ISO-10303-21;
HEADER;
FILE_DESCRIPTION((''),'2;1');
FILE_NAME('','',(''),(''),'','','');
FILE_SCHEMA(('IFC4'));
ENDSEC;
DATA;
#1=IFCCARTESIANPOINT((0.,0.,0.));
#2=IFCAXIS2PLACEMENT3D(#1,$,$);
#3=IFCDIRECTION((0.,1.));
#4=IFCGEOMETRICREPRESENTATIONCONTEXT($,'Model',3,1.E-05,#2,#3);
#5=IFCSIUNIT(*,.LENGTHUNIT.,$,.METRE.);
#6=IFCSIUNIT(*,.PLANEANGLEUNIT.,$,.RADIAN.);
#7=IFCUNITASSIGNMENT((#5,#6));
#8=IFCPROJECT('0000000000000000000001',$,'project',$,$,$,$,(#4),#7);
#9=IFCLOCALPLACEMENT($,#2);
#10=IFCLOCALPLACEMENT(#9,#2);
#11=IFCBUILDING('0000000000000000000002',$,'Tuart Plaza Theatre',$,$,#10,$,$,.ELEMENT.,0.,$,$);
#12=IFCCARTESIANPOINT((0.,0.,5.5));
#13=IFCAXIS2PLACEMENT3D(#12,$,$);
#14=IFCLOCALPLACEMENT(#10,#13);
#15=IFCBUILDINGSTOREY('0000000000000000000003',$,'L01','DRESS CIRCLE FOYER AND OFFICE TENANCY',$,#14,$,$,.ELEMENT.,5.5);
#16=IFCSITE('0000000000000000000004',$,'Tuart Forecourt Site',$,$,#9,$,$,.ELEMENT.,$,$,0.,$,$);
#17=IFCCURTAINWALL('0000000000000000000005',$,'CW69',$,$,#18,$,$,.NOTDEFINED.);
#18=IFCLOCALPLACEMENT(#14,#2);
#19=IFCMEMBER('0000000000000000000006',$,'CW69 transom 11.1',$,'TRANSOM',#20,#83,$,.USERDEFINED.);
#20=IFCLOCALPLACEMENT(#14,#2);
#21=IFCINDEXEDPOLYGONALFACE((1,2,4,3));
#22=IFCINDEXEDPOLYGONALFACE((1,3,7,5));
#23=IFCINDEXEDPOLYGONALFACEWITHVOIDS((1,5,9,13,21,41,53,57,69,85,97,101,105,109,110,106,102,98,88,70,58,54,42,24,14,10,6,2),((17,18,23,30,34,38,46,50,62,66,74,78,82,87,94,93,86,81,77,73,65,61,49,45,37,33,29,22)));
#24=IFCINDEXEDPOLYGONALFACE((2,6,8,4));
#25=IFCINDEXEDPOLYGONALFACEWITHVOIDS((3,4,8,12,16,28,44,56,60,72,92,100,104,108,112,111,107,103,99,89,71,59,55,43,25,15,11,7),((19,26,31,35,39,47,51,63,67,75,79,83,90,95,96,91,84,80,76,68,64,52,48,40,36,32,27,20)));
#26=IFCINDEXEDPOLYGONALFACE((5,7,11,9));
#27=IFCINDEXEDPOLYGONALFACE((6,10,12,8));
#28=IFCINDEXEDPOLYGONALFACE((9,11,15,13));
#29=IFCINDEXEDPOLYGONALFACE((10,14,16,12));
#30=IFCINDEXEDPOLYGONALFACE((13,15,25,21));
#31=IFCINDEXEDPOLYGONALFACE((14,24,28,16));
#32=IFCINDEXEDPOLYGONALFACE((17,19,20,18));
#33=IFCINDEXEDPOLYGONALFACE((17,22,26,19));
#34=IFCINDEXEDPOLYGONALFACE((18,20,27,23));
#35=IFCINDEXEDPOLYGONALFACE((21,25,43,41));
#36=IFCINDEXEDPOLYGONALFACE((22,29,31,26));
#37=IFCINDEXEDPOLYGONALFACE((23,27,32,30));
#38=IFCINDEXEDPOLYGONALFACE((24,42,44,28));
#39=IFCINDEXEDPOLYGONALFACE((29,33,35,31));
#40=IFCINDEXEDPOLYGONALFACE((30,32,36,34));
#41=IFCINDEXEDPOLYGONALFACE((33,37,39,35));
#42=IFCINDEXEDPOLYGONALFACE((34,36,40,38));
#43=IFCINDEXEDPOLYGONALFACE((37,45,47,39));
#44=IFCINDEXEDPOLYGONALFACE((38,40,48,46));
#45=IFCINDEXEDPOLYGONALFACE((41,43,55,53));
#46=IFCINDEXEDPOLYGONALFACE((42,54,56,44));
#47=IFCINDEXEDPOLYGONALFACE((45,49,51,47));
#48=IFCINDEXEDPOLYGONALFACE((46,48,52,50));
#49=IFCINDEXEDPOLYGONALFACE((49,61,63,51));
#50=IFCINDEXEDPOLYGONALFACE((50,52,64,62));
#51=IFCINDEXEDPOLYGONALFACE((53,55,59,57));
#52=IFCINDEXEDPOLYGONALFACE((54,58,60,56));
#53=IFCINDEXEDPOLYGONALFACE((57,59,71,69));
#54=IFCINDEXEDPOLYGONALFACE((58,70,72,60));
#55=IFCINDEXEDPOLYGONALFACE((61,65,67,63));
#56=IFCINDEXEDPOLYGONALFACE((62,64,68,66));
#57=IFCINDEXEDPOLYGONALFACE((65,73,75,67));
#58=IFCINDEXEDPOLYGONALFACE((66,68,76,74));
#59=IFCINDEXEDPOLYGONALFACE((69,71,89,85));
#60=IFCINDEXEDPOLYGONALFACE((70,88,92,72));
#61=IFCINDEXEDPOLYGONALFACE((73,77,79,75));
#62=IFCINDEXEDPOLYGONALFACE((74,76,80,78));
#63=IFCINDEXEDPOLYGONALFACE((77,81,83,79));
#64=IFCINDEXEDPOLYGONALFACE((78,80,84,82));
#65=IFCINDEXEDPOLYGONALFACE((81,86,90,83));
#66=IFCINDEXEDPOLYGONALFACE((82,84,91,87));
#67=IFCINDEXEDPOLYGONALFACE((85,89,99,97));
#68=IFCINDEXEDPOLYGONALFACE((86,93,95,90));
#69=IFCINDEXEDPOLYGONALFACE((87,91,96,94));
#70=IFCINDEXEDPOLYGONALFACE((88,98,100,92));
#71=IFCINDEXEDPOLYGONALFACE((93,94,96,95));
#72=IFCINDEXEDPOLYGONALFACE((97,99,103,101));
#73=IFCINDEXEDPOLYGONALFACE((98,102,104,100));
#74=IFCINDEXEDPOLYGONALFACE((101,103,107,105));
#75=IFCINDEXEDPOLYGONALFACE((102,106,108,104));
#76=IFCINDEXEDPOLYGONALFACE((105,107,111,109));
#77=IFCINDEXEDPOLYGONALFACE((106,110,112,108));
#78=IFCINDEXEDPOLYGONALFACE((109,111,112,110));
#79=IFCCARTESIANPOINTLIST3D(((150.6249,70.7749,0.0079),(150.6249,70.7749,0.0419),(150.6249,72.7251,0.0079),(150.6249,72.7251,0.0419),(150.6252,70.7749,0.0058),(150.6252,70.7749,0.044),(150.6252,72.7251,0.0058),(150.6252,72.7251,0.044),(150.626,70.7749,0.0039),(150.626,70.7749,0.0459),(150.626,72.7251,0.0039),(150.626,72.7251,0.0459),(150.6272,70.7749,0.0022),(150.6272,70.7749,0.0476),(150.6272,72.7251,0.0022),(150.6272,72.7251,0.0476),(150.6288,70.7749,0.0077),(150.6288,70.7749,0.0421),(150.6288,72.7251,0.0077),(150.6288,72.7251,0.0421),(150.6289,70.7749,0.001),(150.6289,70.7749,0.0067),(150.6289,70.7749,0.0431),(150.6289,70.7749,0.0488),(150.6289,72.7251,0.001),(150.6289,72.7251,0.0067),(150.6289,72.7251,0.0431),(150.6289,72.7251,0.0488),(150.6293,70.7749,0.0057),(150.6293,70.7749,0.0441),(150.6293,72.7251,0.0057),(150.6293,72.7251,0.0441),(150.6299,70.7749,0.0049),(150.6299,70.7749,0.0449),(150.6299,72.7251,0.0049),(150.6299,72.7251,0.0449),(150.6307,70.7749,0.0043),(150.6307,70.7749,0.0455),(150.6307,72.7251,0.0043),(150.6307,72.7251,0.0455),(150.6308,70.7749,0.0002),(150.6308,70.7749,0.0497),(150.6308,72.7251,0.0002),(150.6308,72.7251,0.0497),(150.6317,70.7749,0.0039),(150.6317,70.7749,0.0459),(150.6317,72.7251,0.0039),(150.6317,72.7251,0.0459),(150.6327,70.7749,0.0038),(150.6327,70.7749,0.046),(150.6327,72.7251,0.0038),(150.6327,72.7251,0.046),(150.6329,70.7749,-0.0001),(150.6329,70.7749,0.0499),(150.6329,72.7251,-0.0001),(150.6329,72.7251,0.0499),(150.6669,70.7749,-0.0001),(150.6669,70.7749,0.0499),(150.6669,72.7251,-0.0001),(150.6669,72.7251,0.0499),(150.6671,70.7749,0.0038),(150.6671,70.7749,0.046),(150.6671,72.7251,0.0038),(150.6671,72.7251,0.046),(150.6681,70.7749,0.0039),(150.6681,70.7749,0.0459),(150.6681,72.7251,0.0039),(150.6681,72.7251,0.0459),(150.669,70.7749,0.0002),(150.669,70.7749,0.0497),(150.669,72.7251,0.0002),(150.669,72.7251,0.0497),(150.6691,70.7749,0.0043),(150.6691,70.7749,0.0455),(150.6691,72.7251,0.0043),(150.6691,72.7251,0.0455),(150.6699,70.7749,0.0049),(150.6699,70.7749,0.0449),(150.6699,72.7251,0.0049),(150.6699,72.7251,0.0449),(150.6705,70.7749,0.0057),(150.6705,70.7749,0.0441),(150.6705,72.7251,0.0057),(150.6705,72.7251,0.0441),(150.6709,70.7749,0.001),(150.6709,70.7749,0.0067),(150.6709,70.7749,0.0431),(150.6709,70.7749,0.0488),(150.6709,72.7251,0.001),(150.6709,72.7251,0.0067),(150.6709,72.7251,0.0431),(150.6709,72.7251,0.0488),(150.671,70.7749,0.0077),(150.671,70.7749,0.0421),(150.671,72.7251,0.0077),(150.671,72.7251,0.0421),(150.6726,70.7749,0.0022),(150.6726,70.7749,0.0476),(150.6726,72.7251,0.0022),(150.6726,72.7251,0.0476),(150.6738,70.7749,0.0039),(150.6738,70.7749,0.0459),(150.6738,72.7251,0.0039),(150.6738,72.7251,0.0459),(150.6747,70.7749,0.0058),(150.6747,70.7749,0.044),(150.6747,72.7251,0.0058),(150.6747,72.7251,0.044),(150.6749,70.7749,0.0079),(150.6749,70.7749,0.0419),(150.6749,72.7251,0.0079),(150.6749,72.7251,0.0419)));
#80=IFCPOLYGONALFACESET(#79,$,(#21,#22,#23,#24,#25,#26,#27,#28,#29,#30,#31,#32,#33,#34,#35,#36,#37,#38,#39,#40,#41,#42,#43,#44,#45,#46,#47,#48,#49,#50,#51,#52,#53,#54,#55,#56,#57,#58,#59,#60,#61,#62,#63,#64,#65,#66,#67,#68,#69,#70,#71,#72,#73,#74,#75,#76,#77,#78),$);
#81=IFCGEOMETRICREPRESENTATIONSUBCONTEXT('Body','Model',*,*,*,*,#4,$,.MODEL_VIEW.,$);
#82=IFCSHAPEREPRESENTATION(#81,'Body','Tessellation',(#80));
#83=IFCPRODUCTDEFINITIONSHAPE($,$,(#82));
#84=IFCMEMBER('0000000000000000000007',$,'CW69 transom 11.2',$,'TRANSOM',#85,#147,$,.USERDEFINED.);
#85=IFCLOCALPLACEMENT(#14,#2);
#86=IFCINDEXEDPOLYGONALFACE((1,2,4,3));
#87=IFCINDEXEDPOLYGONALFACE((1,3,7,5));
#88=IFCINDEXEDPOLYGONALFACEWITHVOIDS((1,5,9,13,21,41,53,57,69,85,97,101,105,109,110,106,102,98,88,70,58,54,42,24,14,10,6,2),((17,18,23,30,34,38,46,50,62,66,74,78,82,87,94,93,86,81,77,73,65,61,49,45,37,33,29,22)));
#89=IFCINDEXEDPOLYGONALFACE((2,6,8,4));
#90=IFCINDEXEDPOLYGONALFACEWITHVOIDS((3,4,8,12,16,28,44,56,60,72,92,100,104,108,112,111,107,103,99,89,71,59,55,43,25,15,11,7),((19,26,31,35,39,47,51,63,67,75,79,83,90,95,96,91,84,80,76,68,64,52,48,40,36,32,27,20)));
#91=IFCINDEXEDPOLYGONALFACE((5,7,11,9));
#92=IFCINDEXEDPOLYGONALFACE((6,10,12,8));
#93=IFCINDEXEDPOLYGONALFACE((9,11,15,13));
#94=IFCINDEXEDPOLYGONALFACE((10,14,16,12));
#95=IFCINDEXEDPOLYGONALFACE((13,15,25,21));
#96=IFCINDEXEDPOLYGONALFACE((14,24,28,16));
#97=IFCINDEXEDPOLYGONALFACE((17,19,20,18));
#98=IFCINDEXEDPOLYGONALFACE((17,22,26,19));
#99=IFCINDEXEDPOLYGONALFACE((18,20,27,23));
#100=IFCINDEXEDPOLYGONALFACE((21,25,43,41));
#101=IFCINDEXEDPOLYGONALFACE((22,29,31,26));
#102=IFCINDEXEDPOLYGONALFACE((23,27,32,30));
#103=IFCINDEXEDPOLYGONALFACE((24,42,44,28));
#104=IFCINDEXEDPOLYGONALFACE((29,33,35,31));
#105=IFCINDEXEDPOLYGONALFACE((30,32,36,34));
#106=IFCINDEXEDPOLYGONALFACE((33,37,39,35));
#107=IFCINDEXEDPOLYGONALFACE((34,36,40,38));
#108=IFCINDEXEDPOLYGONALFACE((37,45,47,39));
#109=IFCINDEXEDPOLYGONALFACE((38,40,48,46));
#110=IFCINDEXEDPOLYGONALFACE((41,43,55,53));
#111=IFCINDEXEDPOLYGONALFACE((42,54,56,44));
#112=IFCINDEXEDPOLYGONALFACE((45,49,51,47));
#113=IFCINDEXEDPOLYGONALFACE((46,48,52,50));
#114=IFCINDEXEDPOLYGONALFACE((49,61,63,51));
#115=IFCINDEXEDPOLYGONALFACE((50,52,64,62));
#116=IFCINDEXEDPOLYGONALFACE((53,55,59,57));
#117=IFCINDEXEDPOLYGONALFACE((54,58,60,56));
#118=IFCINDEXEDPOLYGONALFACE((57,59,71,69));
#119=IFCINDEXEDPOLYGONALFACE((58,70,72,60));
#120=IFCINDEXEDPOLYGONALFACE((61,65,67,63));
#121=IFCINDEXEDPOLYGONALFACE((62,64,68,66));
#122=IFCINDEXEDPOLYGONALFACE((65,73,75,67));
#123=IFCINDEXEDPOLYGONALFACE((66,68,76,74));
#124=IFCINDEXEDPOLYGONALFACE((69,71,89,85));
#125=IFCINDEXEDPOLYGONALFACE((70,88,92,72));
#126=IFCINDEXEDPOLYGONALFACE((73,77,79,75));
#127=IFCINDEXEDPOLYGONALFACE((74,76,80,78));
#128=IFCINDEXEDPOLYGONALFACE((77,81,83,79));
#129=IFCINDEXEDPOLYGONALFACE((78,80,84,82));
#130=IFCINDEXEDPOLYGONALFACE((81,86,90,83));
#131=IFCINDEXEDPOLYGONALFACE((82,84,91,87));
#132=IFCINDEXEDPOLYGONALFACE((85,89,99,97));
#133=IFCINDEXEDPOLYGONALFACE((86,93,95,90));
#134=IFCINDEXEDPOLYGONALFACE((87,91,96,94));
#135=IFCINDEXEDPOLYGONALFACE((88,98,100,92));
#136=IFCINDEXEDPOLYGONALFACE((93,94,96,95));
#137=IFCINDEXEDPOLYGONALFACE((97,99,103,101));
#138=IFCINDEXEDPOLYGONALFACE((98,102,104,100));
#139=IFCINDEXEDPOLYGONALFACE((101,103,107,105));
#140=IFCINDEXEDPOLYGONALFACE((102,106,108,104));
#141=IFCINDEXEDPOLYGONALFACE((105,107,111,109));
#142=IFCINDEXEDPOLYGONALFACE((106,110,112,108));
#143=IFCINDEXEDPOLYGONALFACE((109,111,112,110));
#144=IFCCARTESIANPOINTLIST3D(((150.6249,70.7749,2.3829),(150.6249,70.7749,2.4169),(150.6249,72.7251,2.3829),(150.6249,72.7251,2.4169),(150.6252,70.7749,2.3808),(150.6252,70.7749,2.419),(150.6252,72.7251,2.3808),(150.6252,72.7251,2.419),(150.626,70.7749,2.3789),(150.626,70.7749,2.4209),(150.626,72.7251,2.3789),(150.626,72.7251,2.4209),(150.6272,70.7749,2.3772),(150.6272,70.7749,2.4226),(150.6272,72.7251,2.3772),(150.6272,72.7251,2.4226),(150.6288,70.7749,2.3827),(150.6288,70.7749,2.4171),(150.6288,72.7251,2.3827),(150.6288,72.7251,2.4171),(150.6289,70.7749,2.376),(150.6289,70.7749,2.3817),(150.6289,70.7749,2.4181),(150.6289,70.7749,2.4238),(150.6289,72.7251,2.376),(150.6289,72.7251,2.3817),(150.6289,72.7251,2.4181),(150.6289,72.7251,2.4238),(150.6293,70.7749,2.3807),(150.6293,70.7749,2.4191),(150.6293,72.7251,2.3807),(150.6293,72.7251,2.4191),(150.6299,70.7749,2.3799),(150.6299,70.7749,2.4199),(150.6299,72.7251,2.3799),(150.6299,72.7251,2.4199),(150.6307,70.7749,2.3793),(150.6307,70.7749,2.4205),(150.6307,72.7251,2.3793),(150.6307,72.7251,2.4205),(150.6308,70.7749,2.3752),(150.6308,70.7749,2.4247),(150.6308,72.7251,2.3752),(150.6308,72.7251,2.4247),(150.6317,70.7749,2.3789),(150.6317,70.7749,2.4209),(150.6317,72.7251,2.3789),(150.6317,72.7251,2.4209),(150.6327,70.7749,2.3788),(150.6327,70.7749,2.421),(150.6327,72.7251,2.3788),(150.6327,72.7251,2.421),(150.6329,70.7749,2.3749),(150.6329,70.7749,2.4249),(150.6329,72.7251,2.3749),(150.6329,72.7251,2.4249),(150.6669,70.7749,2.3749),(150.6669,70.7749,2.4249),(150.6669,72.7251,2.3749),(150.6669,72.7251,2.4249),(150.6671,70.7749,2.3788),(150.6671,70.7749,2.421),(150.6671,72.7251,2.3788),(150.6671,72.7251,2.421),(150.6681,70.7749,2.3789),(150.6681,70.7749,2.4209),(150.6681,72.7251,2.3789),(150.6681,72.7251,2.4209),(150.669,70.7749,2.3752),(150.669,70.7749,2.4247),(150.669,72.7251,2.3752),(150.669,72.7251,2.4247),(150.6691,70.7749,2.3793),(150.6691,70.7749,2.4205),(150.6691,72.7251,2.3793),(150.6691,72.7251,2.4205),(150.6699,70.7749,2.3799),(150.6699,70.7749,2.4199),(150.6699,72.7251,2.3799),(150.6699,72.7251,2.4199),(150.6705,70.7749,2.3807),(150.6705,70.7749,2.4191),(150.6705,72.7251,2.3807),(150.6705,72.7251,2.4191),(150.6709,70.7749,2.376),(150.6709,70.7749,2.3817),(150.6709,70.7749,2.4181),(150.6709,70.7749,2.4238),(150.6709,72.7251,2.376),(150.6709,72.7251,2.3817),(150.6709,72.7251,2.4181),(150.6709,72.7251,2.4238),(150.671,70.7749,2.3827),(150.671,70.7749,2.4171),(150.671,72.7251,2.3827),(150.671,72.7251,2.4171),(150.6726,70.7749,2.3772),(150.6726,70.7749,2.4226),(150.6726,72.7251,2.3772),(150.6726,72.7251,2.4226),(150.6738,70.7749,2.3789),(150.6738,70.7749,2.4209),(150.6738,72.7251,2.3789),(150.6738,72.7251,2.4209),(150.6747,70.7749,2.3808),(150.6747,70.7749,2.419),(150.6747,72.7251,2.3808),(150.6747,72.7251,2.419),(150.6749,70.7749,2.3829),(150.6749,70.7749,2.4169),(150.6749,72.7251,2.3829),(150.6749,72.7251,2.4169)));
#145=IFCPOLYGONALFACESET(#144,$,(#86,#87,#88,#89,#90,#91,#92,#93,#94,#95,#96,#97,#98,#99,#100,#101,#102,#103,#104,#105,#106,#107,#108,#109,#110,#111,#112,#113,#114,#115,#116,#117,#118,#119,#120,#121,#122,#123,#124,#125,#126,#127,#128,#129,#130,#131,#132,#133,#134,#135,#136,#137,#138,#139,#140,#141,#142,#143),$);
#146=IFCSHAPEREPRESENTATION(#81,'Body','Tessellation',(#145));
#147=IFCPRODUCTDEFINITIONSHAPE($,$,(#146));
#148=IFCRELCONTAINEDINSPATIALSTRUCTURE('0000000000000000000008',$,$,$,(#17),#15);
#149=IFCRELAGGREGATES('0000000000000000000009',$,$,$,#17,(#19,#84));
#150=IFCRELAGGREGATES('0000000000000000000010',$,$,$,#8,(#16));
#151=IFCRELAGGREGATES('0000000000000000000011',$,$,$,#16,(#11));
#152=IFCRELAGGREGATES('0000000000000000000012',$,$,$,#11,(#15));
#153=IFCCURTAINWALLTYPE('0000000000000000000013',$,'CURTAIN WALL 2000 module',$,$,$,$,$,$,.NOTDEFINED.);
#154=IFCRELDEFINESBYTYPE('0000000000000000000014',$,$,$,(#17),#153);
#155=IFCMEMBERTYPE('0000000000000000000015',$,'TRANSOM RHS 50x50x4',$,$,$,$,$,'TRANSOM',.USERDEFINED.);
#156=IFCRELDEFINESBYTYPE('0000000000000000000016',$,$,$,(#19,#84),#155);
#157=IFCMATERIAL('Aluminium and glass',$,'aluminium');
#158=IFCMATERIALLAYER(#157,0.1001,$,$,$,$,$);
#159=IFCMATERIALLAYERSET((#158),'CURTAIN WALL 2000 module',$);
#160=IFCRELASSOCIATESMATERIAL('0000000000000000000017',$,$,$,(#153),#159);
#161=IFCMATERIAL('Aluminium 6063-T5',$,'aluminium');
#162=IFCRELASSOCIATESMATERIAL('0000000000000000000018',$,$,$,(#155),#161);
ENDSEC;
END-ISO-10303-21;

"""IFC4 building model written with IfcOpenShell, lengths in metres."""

from ifc_helpers import new_model, si_unit, direction, frame, origin, origin_2d, place, context, subcontext, project, spatial, hollow_rectangle, extrude, material, layer, layer_set, material_profile, profile_set, type_object, element, aggregate, save


model = new_model("IFC4")

# Units and contexts
model_context = context("Model", 3, precision=1e-05, world=origin(), true_north=direction((0.0, 1.0)))
body_context = subcontext(model_context, "Body", "Model", "MODEL_VIEW")
ifc_project = project(units=[si_unit("LENGTHUNIT", "METRE"), si_unit("PLANEANGLEUNIT", "RADIAN")], contexts=[model_context])

# Site, building, storey
site_placement = place(None, origin())
site = spatial("IfcSite", under=ifc_project, at=site_placement, Name="Tuart Forecourt Site", CompositionType="ELEMENT", RefElevation=0.0)
building_placement = place(site_placement, origin())
building = spatial("IfcBuilding", under=site, at=building_placement, Name="Tuart Plaza Theatre", CompositionType="ELEMENT", ElevationOfRefHeight=0.0)
storey_placement = place(building_placement, frame((0.0, 0.0, 5.5)))
storey = spatial("IfcBuildingStorey", under=building, at=storey_placement, Name="L01", Description="DRESS CIRCLE FOYER AND OFFICE TENANCY", CompositionType="ELEMENT", Elevation=5.5)

# Curtain wall, members
ifc_material_1 = material(Name="Aluminium and glass", Category="aluminium")
ifc_layer_1 = layer(ifc_material_1, 0.1001)
ifc_layer_set_1 = layer_set([ifc_layer_1], Name="CURTAIN WALL 2000 module")
curtain_wall_type = type_object("IfcCurtainWallType", Name="CURTAIN WALL 2000 module", PredefinedType="NOTDEFINED", material=ifc_layer_set_1)
curtain_wall_placement = place(storey_placement, origin())
curtain_wall = element("IfcCurtainWall", 1, at=curtain_wall_placement, inside=storey, type_object=curtain_wall_type, Name="CW69", PredefinedType="NOTDEFINED")
ifc_material_2 = material(Name="Aluminium 6063-T5", Category="aluminium")
ifc_material_profile_1 = material_profile(ifc_material_2, hollow_rectangle(XDim=0.05, YDim=0.05, WallThickness=0.0039, InnerFilletRadius=0.0039, OuterFilletRadius=0.0081, at=origin_2d()), Name="RHS 50x50x4")
ifc_profile_set_1 = profile_set([ifc_material_profile_1], Name="Aluminium 6063-T5")
member_type_1 = type_object("IfcMemberType", Name="TRANSOM RHS 50x50x4", ElementType="TRANSOM", PredefinedType="USERDEFINED", material=ifc_profile_set_1)
member_1_placement = place(storey_placement, frame((150.6499, 70.7749, 0.0249), z_axis=(0.0, 1.0, 0.0), x_axis=(-1.0, 0.0, 0.0)))
member_1 = element("IfcMember", 2, at=member_1_placement, type_object=member_type_1, Name="CW69 transom 11.1", ObjectType="TRANSOM", PredefinedType="USERDEFINED", context=body_context, shape_type="SweptSolid", body=[
    extrude(hollow_rectangle(XDim=0.05, YDim=0.05, WallThickness=0.0039, InnerFilletRadius=0.0039, OuterFilletRadius=0.0081, at=origin_2d()), origin(), (0.0, 0.0, 1.0), 1.9502),
])
member_2_placement = place(storey_placement, frame((150.6499, 70.7749, 2.3999), z_axis=(0.0, 1.0, 0.0), x_axis=(-1.0, 0.0, 0.0)))
member_2 = element("IfcMember", 3, at=member_2_placement, type_object=member_type_1, Name="CW69 transom 11.2", ObjectType="TRANSOM", PredefinedType="USERDEFINED", context=body_context, shape_type="SweptSolid", body=[
    extrude(hollow_rectangle(XDim=0.05, YDim=0.05, WallThickness=0.0039, InnerFilletRadius=0.0039, OuterFilletRadius=0.0081, at=origin_2d()), origin(), (0.0, 0.0, 1.0), 1.9502),
])
aggregate(curtain_wall, [member_1, member_2])

save(model, "model.ifc")
